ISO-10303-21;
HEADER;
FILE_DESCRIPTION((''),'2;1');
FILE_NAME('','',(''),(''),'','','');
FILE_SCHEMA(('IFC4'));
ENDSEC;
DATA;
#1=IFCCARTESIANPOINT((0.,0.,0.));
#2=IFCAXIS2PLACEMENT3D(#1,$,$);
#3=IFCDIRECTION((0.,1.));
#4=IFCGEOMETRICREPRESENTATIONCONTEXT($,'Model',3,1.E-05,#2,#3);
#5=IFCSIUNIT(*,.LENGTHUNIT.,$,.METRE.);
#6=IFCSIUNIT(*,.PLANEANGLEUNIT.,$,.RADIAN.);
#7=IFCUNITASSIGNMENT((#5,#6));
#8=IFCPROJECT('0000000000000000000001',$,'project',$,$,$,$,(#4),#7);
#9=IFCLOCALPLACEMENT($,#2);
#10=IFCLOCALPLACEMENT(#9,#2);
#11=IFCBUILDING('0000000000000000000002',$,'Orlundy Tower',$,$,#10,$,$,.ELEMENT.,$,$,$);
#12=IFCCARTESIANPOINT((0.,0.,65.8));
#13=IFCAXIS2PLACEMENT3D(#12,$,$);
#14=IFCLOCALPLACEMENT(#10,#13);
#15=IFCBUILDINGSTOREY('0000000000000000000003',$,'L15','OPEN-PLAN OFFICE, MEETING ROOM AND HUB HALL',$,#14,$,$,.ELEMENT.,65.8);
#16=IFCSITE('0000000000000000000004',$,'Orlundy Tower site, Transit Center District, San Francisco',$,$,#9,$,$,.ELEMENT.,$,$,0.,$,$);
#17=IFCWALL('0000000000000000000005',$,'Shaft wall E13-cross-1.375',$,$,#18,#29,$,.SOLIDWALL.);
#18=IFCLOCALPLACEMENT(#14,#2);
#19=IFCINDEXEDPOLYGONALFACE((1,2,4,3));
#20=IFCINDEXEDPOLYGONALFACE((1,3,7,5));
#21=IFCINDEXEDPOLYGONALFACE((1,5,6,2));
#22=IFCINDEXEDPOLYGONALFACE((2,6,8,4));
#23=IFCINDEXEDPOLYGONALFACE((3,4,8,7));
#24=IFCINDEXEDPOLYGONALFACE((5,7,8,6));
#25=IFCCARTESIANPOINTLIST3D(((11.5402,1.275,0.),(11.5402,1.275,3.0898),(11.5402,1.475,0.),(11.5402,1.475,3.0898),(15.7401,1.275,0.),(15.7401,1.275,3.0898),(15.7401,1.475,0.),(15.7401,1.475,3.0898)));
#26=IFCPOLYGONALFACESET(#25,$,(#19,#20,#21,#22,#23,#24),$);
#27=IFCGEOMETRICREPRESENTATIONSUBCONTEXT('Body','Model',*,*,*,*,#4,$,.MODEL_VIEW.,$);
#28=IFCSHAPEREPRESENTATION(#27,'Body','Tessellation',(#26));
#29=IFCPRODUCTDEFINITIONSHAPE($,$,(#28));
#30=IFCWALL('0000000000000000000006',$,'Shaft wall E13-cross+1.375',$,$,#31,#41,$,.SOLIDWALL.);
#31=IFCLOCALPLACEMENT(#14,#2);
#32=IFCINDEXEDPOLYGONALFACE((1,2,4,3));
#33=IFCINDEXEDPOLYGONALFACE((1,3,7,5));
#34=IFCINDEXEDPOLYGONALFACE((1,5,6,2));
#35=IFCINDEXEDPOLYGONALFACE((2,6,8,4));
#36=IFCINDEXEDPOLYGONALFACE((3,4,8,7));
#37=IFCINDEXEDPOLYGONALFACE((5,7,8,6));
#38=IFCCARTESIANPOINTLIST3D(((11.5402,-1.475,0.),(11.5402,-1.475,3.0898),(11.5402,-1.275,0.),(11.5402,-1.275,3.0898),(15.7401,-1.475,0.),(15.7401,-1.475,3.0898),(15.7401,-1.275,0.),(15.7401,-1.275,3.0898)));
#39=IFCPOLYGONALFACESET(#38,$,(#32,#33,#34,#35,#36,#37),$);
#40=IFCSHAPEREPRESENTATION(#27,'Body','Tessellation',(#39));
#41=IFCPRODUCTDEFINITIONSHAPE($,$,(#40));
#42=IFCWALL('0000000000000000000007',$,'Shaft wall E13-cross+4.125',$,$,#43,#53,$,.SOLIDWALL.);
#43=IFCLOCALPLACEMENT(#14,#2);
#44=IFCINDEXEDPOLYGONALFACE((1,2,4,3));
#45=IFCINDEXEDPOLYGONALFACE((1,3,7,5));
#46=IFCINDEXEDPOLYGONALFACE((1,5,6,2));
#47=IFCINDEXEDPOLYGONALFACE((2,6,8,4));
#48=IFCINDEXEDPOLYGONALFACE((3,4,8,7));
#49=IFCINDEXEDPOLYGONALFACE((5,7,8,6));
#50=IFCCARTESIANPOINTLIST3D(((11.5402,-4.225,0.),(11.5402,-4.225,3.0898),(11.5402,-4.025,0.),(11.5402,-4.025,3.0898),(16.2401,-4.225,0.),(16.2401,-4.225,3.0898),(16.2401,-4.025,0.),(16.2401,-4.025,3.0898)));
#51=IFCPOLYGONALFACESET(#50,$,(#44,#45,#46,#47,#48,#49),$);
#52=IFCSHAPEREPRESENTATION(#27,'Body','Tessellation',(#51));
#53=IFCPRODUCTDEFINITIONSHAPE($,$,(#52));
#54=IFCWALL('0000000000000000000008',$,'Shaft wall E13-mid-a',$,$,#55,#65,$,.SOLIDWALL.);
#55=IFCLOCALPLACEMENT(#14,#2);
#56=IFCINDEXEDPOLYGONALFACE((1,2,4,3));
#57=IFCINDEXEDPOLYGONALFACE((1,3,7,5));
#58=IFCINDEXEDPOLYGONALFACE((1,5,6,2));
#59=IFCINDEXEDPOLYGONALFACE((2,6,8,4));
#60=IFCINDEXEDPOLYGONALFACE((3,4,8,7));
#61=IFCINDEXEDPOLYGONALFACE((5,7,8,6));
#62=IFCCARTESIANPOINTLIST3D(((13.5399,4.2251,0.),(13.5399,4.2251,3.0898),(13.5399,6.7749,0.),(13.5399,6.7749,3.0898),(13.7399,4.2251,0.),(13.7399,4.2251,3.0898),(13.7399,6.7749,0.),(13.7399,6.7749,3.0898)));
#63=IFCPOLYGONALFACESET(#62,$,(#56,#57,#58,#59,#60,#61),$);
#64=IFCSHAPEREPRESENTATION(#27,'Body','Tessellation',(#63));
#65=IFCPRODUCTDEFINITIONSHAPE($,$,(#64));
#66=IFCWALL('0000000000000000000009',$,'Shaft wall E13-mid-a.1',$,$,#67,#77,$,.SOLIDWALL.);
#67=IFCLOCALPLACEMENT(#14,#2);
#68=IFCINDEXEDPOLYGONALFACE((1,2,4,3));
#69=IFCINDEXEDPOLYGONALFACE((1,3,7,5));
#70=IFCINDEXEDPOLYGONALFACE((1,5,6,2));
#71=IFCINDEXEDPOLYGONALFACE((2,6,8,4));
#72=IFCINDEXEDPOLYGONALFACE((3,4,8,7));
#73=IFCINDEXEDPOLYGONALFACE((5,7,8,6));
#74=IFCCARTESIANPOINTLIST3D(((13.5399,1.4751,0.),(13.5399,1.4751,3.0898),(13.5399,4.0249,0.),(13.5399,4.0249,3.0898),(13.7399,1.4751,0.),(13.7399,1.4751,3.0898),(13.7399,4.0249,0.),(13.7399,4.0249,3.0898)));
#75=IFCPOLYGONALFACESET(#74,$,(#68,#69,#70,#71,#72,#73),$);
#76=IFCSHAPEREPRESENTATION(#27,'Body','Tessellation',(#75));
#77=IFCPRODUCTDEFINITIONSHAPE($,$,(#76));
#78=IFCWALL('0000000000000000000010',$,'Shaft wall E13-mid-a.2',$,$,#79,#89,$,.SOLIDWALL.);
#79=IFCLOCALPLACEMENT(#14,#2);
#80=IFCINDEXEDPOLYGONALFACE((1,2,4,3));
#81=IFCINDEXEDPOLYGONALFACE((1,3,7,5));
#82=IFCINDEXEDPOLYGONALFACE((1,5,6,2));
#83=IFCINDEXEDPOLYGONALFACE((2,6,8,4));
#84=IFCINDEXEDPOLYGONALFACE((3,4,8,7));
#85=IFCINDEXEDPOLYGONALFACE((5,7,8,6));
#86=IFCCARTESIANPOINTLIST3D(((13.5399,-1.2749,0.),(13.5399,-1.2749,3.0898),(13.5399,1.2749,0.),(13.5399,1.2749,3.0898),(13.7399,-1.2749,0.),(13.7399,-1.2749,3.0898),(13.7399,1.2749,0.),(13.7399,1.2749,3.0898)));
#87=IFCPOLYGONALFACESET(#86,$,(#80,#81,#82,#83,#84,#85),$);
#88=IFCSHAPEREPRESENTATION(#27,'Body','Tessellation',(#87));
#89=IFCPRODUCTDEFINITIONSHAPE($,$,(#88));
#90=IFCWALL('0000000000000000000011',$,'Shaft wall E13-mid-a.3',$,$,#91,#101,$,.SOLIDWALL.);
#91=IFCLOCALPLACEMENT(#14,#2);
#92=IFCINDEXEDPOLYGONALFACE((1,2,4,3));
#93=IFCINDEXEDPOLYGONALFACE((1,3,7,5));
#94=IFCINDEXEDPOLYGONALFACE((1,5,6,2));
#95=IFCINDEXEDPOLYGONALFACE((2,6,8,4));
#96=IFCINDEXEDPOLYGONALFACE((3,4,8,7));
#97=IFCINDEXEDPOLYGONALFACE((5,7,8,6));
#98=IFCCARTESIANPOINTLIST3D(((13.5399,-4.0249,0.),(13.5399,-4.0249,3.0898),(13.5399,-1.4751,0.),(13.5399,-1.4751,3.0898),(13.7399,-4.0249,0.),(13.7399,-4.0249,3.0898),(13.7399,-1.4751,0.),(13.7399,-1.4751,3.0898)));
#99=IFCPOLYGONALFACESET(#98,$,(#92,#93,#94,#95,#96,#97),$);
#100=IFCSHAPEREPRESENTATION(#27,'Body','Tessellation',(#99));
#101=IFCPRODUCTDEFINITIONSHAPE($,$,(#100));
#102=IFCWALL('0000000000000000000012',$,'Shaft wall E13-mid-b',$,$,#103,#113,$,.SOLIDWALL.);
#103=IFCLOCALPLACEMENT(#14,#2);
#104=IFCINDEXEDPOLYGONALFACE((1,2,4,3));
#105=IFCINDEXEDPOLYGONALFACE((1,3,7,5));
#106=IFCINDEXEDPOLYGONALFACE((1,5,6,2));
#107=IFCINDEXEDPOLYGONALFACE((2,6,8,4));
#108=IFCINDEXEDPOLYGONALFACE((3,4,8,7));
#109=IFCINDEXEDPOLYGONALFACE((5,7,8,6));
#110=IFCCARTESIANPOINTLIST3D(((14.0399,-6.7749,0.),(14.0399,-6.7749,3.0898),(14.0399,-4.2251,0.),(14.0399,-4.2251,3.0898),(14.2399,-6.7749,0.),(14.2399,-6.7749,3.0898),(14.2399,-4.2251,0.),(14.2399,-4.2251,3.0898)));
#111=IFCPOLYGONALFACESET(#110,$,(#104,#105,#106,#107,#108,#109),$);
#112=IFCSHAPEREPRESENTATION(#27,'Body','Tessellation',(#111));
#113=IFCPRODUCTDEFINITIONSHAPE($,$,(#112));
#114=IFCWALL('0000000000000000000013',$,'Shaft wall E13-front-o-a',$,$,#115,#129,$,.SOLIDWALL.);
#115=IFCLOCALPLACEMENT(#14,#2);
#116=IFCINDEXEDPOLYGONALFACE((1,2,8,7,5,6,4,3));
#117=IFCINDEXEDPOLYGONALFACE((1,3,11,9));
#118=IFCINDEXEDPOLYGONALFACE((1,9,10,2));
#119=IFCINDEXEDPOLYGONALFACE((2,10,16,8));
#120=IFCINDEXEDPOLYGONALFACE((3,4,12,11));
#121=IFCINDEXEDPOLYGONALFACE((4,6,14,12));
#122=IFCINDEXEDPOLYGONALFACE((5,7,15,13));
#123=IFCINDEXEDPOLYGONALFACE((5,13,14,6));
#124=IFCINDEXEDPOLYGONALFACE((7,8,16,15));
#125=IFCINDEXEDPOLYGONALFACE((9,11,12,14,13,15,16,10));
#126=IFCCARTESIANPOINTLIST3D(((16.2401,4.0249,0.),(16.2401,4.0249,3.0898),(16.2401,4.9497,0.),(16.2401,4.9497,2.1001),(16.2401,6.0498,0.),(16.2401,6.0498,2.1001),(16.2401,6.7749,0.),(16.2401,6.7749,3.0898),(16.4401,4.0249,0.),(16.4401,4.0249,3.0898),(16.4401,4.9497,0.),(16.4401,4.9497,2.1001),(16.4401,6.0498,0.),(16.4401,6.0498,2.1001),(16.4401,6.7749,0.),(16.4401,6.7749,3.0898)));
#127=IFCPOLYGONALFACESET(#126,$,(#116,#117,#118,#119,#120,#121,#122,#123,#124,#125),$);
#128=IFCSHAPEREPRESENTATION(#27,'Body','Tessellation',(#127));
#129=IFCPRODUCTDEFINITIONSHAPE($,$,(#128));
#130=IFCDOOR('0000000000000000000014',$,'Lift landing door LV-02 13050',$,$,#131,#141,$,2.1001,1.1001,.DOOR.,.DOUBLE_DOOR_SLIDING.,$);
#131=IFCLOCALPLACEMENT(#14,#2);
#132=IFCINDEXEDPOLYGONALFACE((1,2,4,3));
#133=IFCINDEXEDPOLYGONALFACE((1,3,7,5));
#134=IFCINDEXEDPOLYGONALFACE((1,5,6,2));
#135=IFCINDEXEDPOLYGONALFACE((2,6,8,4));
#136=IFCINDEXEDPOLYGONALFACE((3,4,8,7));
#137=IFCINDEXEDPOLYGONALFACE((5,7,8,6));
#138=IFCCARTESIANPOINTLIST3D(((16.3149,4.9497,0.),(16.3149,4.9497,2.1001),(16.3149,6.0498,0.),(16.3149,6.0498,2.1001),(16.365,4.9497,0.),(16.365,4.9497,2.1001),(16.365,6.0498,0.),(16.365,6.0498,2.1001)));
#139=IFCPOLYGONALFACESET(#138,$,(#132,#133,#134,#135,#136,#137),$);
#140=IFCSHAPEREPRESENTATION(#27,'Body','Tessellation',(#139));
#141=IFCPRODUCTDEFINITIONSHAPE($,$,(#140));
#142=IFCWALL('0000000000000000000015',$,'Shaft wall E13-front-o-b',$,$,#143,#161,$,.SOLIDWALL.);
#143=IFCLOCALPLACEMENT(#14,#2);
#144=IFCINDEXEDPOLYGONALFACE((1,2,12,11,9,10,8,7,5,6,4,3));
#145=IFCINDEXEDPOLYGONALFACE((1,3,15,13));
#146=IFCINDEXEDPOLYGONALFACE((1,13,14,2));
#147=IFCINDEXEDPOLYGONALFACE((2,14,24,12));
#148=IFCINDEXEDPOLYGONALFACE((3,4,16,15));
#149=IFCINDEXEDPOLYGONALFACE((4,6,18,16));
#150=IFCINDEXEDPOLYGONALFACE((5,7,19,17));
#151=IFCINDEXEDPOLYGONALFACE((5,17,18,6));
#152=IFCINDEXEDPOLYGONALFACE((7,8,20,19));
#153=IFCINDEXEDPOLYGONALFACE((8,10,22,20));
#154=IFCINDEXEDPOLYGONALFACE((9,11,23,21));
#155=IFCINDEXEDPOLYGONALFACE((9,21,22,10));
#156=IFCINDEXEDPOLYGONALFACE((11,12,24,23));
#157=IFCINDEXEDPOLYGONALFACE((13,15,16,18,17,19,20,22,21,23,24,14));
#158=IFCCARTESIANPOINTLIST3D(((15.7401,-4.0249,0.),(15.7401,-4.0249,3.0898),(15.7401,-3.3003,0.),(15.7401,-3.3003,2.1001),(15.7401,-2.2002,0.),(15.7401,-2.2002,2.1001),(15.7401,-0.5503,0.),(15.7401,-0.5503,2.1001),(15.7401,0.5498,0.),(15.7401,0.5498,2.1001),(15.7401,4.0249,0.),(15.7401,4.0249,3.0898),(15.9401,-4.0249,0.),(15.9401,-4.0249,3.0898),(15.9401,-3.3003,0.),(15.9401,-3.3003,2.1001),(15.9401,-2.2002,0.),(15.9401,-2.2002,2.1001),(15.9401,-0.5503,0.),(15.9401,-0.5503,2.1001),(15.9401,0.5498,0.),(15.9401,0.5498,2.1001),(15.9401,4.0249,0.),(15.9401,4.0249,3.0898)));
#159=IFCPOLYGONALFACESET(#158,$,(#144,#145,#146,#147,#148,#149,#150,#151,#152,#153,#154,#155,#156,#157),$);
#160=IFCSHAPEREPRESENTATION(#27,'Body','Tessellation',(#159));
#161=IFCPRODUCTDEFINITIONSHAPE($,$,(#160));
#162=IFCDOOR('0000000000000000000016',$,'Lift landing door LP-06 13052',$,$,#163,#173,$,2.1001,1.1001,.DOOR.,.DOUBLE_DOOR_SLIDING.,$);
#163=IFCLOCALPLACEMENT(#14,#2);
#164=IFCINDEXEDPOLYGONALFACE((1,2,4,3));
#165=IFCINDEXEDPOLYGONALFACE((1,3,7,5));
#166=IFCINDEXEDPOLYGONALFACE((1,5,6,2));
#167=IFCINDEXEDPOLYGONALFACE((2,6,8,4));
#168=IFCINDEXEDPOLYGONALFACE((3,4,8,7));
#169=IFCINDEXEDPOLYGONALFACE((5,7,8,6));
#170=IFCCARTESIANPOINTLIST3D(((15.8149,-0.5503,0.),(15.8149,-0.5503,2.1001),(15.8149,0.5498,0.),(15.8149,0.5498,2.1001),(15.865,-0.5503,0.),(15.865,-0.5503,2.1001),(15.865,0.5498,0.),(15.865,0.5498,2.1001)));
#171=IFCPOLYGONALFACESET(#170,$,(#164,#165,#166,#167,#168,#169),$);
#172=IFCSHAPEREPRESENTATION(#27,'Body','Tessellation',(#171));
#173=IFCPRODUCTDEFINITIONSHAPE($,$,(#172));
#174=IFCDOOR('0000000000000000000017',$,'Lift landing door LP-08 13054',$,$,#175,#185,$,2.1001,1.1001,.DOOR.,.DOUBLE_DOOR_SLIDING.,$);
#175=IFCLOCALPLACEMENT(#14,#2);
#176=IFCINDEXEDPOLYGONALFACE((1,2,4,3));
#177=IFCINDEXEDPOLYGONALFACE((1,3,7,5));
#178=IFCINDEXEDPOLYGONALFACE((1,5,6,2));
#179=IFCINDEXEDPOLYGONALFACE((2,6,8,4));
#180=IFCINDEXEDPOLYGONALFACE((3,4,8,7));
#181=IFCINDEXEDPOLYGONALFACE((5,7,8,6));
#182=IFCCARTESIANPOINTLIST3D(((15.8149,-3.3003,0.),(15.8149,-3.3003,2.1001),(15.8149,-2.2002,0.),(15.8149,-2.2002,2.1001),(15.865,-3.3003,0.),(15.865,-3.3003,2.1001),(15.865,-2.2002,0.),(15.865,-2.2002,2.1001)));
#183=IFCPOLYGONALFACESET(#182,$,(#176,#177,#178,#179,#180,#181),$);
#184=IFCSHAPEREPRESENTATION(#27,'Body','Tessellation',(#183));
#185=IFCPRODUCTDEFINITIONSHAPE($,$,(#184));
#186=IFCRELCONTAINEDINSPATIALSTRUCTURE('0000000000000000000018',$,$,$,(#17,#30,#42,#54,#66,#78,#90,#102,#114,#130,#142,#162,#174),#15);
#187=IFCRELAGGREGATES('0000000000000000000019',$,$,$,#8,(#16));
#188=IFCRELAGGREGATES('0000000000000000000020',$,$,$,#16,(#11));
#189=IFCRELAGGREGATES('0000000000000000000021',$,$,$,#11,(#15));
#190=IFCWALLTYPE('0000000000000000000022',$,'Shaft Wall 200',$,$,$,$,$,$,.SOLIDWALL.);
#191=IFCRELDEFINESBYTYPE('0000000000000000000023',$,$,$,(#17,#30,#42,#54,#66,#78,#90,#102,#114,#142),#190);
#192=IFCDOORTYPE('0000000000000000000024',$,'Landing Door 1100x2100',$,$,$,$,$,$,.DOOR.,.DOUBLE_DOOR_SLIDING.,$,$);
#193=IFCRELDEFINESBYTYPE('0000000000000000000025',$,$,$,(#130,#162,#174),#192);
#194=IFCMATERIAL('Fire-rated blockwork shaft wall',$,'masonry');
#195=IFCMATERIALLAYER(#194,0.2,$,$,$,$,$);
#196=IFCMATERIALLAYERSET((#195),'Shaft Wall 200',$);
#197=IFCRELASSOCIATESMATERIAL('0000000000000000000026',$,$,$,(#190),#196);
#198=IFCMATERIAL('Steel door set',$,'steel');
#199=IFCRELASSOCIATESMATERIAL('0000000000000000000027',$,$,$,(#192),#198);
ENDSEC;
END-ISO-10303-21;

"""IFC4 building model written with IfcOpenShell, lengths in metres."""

from ifc_helpers import new_model, si_unit, direction, frame, frame_2d, origin, place, context, subcontext, project, spatial, rectangle, extrude, material, layer, layer_set, type_object, element, fill, save


model = new_model("IFC4")

# Units and contexts
model_context = context("Model", 3, precision=1e-05, world=origin(), true_north=direction((0.0, 1.0)))
body_context = subcontext(model_context, "Body", "Model", "MODEL_VIEW")
ifc_project = project(units=[si_unit("LENGTHUNIT", "METRE"), si_unit("PLANEANGLEUNIT", "RADIAN")], contexts=[model_context])

# Site, building, storey
site_placement = place(None, origin())
site = spatial("IfcSite", under=ifc_project, at=site_placement, Name="Orlundy Tower site, Transit Center District, San Francisco", CompositionType="ELEMENT", RefElevation=0.0)
building_placement = place(site_placement, origin())
building = spatial("IfcBuilding", under=site, at=building_placement, Name="Orlundy Tower", CompositionType="ELEMENT")
storey_placement = place(building_placement, frame((0.0, 0.0, 65.8)))
storey = spatial("IfcBuildingStorey", under=building, at=storey_placement, Name="L15", Description="OPEN-PLAN OFFICE, MEETING ROOM AND HUB HALL", CompositionType="ELEMENT", Elevation=65.8)

# Walls
ifc_material_1 = material(Name="Fire-rated blockwork shaft wall", Category="masonry")
ifc_layer_1 = layer(ifc_material_1, 0.2)
ifc_layer_set_1 = layer_set([ifc_layer_1], Name="Shaft Wall 200")
wall_type_1 = type_object("IfcWallType", Name="Shaft Wall 200", PredefinedType="SOLIDWALL", material=ifc_layer_set_1)
for number, where, z_axis, x_axis, name in (
    (1, (11.54, 1.375, 0.0), (0.0, 0.0, 1.0), (1.0, 0.0, 0.0), "Shaft wall E13-cross-1.375"),
    (2, (11.54, -1.375, 0.0), (0.0, 0.0, 1.0), (1.0, 0.0, 0.0), "Shaft wall E13-cross+1.375"),
):
    element("IfcWall", number, at=place(storey_placement, frame(where, z_axis=z_axis, x_axis=x_axis)), inside=storey, type_object=wall_type_1, Name=name, PredefinedType="SOLIDWALL", context=body_context, shape_type="SweptSolid", body=[
        extrude(rectangle(XDim=4.2, YDim=0.2, at=frame_2d((2.1001, 0.0))), origin(), (0.0, 0.0, 1.0), 3.0898),
    ])
wall_1_placement = place(storey_placement, frame((11.54, -4.125, 0.0), z_axis=(0.0, 0.0, 1.0), x_axis=(1.0, 0.0, 0.0)))
element("IfcWall", 3, at=wall_1_placement, inside=storey, type_object=wall_type_1, Name="Shaft wall E13-cross+4.125", PredefinedType="SOLIDWALL", context=body_context, shape_type="SweptSolid", body=[
    extrude(rectangle(XDim=4.7, YDim=0.2, at=frame_2d((2.3501, 0.0))), origin(), (0.0, 0.0, 1.0), 3.0898),
])
for number, where, z_axis, x_axis, name in (
    (4, (13.6399, 6.7749, 0.0), (0.0, 0.0, 1.0), (0.0, -1.0, 0.0), "Shaft wall E13-mid-a"),
    (5, (13.6399, 4.0249, 0.0), (0.0, 0.0, 1.0), (0.0, -1.0, 0.0), "Shaft wall E13-mid-a.1"),
    (6, (13.6399, 1.2749, 0.0), (0.0, 0.0, 1.0), (0.0, -1.0, 0.0), "Shaft wall E13-mid-a.2"),
    (7, (13.6399, -1.4751, 0.0), (0.0, 0.0, 1.0), (0.0, -1.0, 0.0), "Shaft wall E13-mid-a.3"),
    (8, (14.1399, -4.2251, 0.0), (0.0, 0.0, 1.0), (0.0, -1.0, 0.0), "Shaft wall E13-mid-b"),
):
    element("IfcWall", number, at=place(storey_placement, frame(where, z_axis=z_axis, x_axis=x_axis)), inside=storey, type_object=wall_type_1, Name=name, PredefinedType="SOLIDWALL", context=body_context, shape_type="SweptSolid", body=[
        extrude(rectangle(XDim=2.5498, YDim=0.2, at=frame_2d((1.2749, 0.0))), origin(), (0.0, 0.0, 1.0), 3.0898),
    ])

# Wall, opening, door
wall_2_placement = place(storey_placement, frame((16.3401, 6.7749, 0.0), z_axis=(0.0, 0.0, 1.0), x_axis=(0.0, -1.0, 0.0)))
wall_2 = element("IfcWall", 9, at=wall_2_placement, inside=storey, type_object=wall_type_1, Name="Shaft wall E13-front-o-a", PredefinedType="SOLIDWALL", context=body_context, shape_type="SweptSolid", body=[
    extrude(rectangle(XDim=2.75, YDim=0.2, at=frame_2d((1.375, 0.0))), origin(), (0.0, 0.0, 1.0), 3.0898),
])
opening_1_placement = place(wall_2_placement, frame((0.7251, 0.0, 0.0)))
opening_1 = element("IfcOpeningElement", 10, at=opening_1_placement, cuts=wall_2, PredefinedType="OPENING", context=body_context, shape_type="SweptSolid", body=[
    extrude(rectangle(XDim=1.1001, YDim=2.1001, at=frame_2d((0.55, 1.05))), frame((0.0, 0.1101, 0.0), z_axis=(0.0, -1.0, 0.0), x_axis=(1.0, 0.0, 0.0)), (0.0, 0.0, 1.0), 0.2202),
])
ifc_material_2 = material(Name="Steel door set", Category="steel")
door_type_1 = type_object("IfcDoorType", Name="Landing Door 1100x2100", OperationType="DOUBLE_DOOR_SLIDING", PredefinedType="DOOR", material=ifc_material_2)
door_1_placement = place(opening_1_placement, origin())
door_1 = element("IfcDoor", 11, at=door_1_placement, inside=storey, type_object=door_type_1, Name="Lift landing door LV-02 13050", OperationType="DOUBLE_DOOR_SLIDING", OverallHeight=2.1001, OverallWidth=1.1001, PredefinedType="DOOR", context=body_context, shape_type="SweptSolid", body=[
    extrude(rectangle(XDim=1.1001, YDim=2.1001, at=frame_2d((0.55, 1.05))), frame((0.0, 0.0249, 0.0), z_axis=(0.0, -1.0, 0.0), x_axis=(1.0, 0.0, 0.0)), (0.0, 0.0, 1.0), 0.05),
])
fill(opening_1, door_1)

# Wall, openings, doors
wall_3_placement = place(storey_placement, frame((15.8401, 4.0249, 0.0), z_axis=(0.0, 0.0, 1.0), x_axis=(0.0, -1.0, 0.0)))
wall_3 = element("IfcWall", 12, at=wall_3_placement, inside=storey, type_object=wall_type_1, Name="Shaft wall E13-front-o-b", PredefinedType="SOLIDWALL", context=body_context, shape_type="SweptSolid", body=[
    extrude(rectangle(XDim=8.0498, YDim=0.2, at=frame_2d((4.0249, 0.0))), origin(), (0.0, 0.0, 1.0), 3.0898),
])
opening_2_placement = place(wall_3_placement, frame((3.4751, 0.0, 0.0)))
opening_2 = element("IfcOpeningElement", 13, at=opening_2_placement, cuts=wall_3, PredefinedType="OPENING", context=body_context, shape_type="SweptSolid", body=[
    extrude(rectangle(XDim=1.1001, YDim=2.1001, at=frame_2d((0.55, 1.05))), frame((0.0, 0.1101, 0.0), z_axis=(0.0, -1.0, 0.0), x_axis=(1.0, 0.0, 0.0)), (0.0, 0.0, 1.0), 0.2202),
])
opening_3_placement = place(wall_3_placement, frame((6.2251, 0.0, 0.0)))
opening_3 = element("IfcOpeningElement", 14, at=opening_3_placement, cuts=wall_3, PredefinedType="OPENING", context=body_context, shape_type="SweptSolid", body=[
    extrude(rectangle(XDim=1.1001, YDim=2.1001, at=frame_2d((0.55, 1.05))), frame((0.0, 0.1101, 0.0), z_axis=(0.0, -1.0, 0.0), x_axis=(1.0, 0.0, 0.0)), (0.0, 0.0, 1.0), 0.2202),
])
door_2_placement = place(opening_2_placement, origin())
door_2 = element("IfcDoor", 15, at=door_2_placement, inside=storey, type_object=door_type_1, Name="Lift landing door LP-06 13052", OperationType="DOUBLE_DOOR_SLIDING", OverallHeight=2.1001, OverallWidth=1.1001, PredefinedType="DOOR", context=body_context, shape_type="SweptSolid", body=[
    extrude(rectangle(XDim=1.1001, YDim=2.1001, at=frame_2d((0.55, 1.05))), frame((0.0, 0.0249, 0.0), z_axis=(0.0, -1.0, 0.0), x_axis=(1.0, 0.0, 0.0)), (0.0, 0.0, 1.0), 0.05),
])
fill(opening_2, door_2)
door_3_placement = place(opening_3_placement, origin())
door_3 = element("IfcDoor", 16, at=door_3_placement, inside=storey, type_object=door_type_1, Name="Lift landing door LP-08 13054", OperationType="DOUBLE_DOOR_SLIDING", OverallHeight=2.1001, OverallWidth=1.1001, PredefinedType="DOOR", context=body_context, shape_type="SweptSolid", body=[
    extrude(rectangle(XDim=1.1001, YDim=2.1001, at=frame_2d((0.55, 1.05))), frame((0.0, 0.0249, 0.0), z_axis=(0.0, -1.0, 0.0), x_axis=(1.0, 0.0, 0.0)), (0.0, 0.0, 1.0), 0.05),
])
fill(opening_3, door_3)

save(model, "model.ifc")
